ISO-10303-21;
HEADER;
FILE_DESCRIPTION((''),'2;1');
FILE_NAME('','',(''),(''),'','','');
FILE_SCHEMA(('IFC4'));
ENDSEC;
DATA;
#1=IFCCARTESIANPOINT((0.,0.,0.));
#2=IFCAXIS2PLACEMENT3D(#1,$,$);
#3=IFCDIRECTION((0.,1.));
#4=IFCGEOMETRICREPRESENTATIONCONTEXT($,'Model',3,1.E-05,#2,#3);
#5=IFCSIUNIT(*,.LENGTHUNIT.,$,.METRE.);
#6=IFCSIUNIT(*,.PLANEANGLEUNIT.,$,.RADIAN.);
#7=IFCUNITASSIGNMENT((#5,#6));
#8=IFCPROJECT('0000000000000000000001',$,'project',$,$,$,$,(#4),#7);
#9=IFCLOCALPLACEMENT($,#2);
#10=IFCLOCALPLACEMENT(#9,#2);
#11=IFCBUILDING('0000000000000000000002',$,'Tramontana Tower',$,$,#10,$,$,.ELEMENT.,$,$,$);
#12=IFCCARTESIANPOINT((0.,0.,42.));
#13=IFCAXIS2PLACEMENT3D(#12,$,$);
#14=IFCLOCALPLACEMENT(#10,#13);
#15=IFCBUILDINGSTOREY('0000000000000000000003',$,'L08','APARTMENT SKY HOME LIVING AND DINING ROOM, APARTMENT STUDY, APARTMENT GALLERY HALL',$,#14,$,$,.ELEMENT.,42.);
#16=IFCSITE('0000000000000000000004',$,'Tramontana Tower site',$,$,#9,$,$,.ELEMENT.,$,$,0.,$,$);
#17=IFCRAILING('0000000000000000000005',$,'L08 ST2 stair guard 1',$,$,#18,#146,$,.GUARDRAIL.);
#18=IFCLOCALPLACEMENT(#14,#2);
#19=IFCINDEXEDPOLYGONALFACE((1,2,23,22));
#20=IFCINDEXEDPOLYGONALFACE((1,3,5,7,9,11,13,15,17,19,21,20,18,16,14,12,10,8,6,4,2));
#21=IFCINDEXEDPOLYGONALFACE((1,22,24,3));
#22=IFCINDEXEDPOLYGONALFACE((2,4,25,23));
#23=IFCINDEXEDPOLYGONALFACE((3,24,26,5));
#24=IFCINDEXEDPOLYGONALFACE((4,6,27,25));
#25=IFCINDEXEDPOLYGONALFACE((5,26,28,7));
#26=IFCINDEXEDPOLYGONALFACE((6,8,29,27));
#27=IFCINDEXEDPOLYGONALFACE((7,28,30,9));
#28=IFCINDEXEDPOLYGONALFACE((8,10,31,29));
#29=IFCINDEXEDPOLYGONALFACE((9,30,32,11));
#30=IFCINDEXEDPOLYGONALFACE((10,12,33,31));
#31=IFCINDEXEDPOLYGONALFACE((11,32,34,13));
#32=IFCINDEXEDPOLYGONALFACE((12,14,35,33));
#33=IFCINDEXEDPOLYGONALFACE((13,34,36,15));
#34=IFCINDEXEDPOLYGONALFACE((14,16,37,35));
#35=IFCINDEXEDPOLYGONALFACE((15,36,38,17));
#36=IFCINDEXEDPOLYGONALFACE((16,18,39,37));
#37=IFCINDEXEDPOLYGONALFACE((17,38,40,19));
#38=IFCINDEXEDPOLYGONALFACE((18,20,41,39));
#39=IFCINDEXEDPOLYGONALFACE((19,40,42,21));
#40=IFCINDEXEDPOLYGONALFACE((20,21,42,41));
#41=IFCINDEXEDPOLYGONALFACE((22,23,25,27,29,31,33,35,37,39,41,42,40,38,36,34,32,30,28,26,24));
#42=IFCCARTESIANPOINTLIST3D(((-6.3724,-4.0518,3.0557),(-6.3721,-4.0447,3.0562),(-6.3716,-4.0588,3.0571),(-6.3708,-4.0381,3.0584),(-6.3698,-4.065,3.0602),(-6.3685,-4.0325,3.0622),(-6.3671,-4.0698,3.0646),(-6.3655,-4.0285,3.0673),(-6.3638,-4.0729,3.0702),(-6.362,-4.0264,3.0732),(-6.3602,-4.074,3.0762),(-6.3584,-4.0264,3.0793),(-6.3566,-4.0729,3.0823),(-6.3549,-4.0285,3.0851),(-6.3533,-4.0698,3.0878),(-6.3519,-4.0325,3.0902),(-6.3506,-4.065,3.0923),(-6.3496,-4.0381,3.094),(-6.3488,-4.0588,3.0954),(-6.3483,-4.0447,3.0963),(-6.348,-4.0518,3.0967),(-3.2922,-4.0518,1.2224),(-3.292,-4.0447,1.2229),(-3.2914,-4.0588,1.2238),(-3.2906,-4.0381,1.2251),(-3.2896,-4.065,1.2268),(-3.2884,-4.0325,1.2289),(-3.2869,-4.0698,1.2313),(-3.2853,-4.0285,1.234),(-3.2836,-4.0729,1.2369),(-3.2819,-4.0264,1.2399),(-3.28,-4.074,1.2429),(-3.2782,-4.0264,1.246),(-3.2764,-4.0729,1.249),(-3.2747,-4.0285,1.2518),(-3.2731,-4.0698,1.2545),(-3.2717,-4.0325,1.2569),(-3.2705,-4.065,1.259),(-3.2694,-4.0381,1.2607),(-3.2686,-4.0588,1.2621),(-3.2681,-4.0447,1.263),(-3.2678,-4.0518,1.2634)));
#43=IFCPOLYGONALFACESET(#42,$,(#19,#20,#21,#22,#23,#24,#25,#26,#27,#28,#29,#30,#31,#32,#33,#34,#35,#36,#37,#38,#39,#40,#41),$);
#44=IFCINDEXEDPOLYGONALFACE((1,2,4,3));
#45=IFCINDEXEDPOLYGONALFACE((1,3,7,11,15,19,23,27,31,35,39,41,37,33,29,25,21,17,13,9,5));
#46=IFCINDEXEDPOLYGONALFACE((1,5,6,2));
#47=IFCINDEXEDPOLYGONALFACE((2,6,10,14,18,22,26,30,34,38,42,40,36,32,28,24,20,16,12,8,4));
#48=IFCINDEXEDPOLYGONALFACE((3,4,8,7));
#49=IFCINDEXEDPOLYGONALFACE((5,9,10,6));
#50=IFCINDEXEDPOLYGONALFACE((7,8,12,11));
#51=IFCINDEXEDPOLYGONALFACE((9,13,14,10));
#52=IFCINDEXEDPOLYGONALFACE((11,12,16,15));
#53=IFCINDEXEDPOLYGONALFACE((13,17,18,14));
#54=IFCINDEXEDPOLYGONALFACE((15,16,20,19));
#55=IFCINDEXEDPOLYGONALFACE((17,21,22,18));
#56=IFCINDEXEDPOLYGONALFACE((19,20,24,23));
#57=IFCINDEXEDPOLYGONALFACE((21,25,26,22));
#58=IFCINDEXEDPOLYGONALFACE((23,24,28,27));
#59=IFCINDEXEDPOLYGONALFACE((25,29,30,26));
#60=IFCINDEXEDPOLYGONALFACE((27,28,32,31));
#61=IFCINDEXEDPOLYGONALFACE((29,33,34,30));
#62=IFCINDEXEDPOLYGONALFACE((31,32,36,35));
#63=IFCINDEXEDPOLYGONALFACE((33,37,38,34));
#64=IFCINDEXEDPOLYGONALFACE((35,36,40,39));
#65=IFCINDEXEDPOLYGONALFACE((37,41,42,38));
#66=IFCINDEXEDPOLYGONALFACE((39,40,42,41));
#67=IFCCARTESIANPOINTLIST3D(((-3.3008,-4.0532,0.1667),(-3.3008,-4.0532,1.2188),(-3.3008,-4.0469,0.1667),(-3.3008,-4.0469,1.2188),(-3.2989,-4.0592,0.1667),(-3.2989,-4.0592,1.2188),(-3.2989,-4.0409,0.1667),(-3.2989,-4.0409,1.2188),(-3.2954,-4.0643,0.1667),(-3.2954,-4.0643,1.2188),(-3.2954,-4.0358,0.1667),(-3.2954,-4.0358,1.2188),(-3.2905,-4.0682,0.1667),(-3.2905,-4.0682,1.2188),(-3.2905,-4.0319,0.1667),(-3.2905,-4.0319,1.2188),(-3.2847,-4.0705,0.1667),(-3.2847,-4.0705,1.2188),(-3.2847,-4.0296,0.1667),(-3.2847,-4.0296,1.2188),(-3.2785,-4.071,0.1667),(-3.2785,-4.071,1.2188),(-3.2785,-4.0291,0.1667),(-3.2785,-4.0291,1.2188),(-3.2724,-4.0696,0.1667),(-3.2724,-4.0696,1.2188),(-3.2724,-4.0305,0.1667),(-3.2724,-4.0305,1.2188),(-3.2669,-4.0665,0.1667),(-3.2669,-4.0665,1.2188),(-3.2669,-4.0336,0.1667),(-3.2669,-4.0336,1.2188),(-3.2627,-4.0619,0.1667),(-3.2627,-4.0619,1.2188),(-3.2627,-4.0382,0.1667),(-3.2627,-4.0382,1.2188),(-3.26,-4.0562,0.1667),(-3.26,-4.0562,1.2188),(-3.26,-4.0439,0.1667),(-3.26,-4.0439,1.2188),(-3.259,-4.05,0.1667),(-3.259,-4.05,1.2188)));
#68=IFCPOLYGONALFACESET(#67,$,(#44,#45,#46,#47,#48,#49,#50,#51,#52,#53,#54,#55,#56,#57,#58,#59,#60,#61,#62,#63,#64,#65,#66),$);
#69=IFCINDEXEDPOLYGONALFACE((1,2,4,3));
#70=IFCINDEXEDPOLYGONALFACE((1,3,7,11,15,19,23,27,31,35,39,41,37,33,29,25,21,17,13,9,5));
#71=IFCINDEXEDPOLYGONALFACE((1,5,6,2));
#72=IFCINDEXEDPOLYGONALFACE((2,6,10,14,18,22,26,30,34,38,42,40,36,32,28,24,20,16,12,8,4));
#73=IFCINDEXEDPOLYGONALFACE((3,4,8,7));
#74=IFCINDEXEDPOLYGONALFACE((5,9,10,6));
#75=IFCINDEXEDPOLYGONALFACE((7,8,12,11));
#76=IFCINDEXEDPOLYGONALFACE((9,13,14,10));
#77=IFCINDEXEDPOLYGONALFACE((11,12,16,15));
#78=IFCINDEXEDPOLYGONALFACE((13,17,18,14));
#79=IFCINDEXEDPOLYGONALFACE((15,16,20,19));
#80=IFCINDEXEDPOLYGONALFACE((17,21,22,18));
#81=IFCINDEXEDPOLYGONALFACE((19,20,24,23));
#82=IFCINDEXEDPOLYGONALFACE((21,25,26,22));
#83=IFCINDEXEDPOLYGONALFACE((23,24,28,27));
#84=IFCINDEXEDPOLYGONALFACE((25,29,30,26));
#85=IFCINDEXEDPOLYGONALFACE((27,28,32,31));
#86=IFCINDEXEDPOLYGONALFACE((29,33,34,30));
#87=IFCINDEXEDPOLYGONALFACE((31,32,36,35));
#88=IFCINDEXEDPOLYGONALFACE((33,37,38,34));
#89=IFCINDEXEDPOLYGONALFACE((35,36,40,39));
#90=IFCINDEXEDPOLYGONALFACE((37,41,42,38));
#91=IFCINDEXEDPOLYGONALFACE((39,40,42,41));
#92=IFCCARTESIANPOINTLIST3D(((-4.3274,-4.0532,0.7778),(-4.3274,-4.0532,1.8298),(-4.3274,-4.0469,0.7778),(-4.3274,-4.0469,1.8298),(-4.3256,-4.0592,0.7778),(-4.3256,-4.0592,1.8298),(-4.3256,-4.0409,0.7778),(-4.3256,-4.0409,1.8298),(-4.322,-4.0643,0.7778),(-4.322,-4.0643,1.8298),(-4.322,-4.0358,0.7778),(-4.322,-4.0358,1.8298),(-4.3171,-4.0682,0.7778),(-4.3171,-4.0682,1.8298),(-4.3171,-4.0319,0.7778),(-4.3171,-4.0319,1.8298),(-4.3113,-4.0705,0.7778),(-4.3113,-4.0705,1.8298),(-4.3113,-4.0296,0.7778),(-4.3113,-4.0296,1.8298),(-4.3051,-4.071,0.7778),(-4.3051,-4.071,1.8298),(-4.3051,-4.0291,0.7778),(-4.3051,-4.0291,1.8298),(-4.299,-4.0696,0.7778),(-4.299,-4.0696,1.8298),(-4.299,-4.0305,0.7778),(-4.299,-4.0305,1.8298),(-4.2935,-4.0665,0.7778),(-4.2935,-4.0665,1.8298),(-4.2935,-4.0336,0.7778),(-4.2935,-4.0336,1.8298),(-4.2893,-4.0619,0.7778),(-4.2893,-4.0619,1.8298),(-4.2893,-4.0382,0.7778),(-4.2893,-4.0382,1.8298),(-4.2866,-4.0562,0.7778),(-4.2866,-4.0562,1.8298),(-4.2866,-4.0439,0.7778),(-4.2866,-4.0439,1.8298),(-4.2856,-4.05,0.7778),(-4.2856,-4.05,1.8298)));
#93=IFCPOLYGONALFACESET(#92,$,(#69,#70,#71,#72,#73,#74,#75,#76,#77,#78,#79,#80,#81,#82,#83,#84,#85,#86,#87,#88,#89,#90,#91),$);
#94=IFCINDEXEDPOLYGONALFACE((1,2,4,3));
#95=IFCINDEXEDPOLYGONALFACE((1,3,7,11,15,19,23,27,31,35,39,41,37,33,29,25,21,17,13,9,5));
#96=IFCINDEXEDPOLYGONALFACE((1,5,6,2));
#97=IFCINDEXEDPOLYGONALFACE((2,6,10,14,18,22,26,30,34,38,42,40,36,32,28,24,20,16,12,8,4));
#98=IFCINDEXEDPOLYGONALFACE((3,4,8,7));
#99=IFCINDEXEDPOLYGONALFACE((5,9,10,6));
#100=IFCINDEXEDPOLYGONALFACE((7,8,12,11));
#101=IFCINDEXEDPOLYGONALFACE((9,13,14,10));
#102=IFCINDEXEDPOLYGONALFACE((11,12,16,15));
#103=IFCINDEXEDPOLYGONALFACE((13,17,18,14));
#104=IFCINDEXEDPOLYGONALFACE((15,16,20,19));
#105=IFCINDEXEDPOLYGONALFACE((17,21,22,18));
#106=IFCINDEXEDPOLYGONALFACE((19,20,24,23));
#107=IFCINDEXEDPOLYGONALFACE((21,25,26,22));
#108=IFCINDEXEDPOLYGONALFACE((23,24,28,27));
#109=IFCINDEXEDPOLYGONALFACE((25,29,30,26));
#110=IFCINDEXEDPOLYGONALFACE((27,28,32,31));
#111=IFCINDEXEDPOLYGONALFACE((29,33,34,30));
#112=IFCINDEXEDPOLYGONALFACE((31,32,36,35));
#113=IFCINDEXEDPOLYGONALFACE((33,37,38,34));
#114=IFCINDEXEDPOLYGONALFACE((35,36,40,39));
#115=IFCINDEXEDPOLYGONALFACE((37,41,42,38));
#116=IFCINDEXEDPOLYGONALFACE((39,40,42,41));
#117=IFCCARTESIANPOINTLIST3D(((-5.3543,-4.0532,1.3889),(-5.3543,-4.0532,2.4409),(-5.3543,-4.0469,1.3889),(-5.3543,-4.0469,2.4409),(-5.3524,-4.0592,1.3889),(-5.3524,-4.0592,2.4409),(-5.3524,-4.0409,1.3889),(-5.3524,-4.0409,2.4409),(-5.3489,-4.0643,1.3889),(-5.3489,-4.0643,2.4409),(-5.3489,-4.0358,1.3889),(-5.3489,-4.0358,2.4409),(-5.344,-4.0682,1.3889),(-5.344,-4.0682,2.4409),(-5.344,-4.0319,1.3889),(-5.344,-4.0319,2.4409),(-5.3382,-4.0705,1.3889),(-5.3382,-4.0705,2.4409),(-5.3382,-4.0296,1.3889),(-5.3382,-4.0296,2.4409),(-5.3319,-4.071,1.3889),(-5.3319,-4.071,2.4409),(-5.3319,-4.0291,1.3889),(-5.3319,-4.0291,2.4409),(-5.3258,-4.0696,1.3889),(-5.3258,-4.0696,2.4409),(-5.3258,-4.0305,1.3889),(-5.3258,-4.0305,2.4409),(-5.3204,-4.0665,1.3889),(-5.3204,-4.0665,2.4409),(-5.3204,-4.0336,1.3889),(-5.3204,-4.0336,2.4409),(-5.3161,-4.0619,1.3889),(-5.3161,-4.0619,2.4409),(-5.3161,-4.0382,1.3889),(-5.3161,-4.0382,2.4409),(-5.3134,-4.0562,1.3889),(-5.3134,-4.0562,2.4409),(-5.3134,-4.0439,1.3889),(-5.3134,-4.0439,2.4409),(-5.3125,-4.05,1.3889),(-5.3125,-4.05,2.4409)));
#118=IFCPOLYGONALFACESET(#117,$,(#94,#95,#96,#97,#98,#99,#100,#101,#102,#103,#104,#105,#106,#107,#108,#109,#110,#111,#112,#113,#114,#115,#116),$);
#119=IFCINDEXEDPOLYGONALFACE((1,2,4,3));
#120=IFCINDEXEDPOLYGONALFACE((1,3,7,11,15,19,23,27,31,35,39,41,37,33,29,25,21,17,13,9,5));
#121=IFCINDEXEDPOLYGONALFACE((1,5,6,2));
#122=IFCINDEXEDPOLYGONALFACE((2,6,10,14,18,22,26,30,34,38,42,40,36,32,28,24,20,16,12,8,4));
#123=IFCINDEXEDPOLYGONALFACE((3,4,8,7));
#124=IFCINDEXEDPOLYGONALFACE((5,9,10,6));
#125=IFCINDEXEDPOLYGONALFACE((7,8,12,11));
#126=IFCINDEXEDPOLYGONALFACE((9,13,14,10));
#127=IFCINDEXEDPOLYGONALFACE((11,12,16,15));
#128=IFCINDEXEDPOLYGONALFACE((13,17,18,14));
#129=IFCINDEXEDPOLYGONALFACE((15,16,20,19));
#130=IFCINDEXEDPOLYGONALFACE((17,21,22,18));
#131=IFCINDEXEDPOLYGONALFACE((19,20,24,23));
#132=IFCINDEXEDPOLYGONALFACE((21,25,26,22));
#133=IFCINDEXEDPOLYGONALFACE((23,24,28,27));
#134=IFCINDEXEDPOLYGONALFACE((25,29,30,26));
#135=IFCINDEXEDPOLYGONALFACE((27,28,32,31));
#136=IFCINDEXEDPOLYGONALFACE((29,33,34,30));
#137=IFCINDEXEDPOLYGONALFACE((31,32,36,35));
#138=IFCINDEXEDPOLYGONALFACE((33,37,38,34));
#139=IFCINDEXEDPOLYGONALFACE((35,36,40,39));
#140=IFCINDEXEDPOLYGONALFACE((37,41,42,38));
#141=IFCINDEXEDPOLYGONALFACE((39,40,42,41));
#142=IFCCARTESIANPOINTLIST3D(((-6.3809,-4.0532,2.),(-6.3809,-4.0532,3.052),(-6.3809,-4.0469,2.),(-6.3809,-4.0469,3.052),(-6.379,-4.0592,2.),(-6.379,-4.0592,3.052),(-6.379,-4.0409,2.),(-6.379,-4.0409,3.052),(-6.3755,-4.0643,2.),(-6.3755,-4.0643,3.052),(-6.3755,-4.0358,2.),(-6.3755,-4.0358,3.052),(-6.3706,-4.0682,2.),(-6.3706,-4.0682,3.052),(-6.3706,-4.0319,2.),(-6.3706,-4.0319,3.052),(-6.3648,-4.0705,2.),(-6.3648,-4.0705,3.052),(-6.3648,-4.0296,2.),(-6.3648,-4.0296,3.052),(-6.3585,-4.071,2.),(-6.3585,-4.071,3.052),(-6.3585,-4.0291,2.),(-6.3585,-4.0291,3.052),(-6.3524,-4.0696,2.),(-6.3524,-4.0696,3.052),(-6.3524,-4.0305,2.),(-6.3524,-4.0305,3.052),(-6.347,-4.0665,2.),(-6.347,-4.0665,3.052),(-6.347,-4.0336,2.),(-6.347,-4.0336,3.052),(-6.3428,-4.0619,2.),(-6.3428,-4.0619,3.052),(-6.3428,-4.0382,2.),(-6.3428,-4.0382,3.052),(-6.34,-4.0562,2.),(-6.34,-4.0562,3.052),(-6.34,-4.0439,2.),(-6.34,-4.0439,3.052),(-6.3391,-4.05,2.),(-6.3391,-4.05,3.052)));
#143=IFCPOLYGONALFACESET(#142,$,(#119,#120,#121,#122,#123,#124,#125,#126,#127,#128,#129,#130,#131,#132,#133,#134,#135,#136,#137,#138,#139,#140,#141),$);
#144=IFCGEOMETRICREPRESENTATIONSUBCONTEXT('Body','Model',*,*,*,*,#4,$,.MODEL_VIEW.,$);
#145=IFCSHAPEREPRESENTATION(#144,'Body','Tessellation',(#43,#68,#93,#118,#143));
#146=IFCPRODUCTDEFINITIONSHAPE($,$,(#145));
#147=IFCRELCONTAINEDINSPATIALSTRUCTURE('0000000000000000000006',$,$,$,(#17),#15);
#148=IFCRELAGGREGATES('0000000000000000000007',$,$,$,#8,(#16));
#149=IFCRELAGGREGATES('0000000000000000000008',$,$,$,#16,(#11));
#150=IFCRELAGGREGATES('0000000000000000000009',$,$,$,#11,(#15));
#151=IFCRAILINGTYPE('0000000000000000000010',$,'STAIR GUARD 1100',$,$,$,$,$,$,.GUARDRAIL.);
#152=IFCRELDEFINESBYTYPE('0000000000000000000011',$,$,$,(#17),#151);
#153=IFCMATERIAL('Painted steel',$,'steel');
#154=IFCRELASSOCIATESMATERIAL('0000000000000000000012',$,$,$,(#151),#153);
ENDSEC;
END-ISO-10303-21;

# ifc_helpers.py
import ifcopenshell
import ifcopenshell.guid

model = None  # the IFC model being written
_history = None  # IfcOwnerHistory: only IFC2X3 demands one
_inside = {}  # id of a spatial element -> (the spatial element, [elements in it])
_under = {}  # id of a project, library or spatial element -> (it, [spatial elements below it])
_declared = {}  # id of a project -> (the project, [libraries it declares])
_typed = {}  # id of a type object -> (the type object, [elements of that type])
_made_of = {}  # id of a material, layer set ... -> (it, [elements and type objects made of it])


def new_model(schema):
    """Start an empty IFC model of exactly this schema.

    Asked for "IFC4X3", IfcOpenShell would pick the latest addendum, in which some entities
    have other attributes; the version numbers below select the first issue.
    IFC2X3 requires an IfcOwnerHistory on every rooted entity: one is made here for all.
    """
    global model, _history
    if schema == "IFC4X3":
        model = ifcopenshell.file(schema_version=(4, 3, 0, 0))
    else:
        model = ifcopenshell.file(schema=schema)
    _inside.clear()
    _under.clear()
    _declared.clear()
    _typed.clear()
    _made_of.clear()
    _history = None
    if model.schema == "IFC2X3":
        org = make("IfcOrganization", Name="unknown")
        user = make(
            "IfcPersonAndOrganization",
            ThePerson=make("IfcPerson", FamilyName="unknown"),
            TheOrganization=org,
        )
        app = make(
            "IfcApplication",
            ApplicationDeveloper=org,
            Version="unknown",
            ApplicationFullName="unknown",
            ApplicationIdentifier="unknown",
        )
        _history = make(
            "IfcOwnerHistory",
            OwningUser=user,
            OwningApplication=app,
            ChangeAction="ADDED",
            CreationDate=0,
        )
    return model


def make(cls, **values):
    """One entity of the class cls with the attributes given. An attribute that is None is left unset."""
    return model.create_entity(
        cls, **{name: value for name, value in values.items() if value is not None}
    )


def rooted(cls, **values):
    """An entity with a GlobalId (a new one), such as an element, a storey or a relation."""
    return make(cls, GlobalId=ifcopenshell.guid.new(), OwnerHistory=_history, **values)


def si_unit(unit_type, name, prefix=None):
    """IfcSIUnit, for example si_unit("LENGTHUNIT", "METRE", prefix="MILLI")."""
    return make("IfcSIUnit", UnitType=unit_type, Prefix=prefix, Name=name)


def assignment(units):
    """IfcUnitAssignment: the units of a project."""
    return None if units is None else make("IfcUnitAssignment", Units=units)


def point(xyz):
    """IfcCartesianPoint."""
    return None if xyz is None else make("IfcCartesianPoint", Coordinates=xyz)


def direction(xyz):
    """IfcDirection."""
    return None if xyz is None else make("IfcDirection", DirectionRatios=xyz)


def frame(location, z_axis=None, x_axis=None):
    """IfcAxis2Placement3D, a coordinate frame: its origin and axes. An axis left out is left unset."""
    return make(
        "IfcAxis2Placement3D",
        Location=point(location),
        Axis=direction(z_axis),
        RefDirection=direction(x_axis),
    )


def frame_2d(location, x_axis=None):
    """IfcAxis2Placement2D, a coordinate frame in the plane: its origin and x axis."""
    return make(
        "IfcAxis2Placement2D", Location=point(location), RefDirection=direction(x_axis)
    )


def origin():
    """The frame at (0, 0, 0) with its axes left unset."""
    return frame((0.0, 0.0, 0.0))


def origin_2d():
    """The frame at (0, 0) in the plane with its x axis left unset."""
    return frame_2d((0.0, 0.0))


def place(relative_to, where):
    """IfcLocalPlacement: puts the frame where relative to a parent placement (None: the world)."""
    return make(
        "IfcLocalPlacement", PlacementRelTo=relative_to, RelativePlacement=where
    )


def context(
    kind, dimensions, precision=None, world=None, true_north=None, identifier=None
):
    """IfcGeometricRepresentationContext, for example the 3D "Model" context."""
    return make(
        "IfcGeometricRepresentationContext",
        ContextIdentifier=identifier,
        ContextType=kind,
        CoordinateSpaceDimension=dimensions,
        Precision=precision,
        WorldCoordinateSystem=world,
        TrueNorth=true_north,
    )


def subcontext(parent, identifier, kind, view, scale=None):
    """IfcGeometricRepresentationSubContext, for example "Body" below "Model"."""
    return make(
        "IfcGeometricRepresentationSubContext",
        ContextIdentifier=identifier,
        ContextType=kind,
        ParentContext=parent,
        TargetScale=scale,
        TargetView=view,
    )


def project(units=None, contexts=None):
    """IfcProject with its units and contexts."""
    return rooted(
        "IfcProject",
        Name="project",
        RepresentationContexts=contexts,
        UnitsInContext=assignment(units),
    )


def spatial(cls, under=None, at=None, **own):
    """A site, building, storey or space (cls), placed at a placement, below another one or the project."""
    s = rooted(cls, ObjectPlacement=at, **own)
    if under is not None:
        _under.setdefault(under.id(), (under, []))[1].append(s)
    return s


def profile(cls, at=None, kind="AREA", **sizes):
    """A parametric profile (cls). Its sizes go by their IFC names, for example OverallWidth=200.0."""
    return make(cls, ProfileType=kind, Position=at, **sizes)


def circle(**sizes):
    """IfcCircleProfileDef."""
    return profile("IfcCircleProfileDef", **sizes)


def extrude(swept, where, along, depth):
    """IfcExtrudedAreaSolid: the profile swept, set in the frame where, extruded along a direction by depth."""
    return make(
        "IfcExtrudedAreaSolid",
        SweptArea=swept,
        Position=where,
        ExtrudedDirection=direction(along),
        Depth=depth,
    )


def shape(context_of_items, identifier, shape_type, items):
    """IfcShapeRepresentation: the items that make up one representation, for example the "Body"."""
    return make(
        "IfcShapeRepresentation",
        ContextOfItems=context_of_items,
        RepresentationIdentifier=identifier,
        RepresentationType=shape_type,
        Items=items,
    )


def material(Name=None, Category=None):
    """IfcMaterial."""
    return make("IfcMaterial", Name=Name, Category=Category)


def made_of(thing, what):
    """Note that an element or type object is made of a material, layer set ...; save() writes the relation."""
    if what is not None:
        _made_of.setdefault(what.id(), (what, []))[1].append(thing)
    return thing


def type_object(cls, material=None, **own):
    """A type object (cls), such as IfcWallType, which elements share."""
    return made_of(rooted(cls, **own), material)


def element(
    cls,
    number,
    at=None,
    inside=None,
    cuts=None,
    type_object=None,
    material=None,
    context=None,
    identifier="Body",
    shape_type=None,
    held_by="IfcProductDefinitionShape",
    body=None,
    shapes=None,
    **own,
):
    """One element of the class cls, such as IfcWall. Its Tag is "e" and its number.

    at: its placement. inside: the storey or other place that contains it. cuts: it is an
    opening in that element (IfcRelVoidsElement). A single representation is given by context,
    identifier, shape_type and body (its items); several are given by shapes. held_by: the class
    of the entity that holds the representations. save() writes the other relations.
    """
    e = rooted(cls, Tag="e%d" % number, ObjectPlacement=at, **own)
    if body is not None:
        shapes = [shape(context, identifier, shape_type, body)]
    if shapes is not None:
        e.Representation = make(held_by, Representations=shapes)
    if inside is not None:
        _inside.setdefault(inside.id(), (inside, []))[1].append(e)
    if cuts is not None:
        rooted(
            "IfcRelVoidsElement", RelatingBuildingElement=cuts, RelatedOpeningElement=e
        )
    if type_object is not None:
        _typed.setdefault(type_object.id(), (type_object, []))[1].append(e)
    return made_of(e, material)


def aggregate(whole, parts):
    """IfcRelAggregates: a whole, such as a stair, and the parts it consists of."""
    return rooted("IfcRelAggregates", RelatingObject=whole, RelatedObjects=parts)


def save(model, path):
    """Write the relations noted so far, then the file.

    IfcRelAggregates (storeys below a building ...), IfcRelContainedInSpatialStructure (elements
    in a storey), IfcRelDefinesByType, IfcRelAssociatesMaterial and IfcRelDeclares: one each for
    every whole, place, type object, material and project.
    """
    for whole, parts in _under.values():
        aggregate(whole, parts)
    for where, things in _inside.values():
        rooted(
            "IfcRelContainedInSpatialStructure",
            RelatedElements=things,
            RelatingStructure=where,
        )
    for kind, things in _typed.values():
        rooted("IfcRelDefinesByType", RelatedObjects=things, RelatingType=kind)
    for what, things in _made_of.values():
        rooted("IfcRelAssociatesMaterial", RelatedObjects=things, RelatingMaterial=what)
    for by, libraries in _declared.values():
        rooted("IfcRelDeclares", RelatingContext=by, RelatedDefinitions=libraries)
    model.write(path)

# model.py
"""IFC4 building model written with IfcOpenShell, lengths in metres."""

from ifc_helpers import new_model, si_unit, direction, frame, origin, origin_2d, place, context, subcontext, project, spatial, circle, extrude, material, type_object, element, save


model = new_model("IFC4")

# Units and contexts
model_context = context("Model", 3, precision=1e-05, world=origin(), true_north=direction((0.0, 1.0)))
body_context = subcontext(model_context, "Body", "Model", "MODEL_VIEW")
ifc_project = project(units=[si_unit("LENGTHUNIT", "METRE"), si_unit("PLANEANGLEUNIT", "RADIAN")], contexts=[model_context])

# Site, building, storey
site_placement = place(None, origin())
site = spatial("IfcSite", under=ifc_project, at=site_placement, Name="Tramontana Tower site", CompositionType="ELEMENT", RefElevation=0.0)
building_placement = place(site_placement, origin())
building = spatial("IfcBuilding", under=site, at=building_placement, Name="Tramontana Tower", CompositionType="ELEMENT")
storey_placement = place(building_placement, frame((0.0, 0.0, 42.0)))
storey = spatial("IfcBuildingStorey", under=building, at=storey_placement, Name="L08", Description="APARTMENT SKY HOME LIVING AND DINING ROOM, APARTMENT STUDY, APARTMENT GALLERY HALL", CompositionType="ELEMENT", Elevation=42.0)

# Railing
ifc_material_1 = material(Name="Painted steel", Category="steel")
railing_type_1 = type_object("IfcRailingType", Name="STAIR GUARD 1100", PredefinedType="GUARDRAIL", material=ifc_material_1)
railing_1_placement = place(storey_placement, frame((-3.28, -4.05, 0.1667)))
element("IfcRailing", 1, at=railing_1_placement, inside=storey, type_object=railing_type_1, Name="L08 ST2 stair guard 1", PredefinedType="GUARDRAIL", context=body_context, shape_type="SweptSolid", body=[
    extrude(circle(Radius=0.0239, at=origin_2d()), frame((0.0, 0.0, 1.0762), z_axis=(-0.859309, 0.0, 0.511458), x_axis=(0.0, -1.0, 0.0)), (0.0, 0.0, 1.0), 3.5845),
    extrude(circle(Radius=0.021, at=origin_2d()), origin(), (0.0, 0.0, 1.0), 1.052),
    extrude(circle(Radius=0.021, at=origin_2d()), frame((-1.0266, 0.0, 0.6111)), (0.0, 0.0, 1.0), 1.052),
    extrude(circle(Radius=0.021, at=origin_2d()), frame((-2.0535, 0.0, 1.2222)), (0.0, 0.0, 1.0), 1.052),
    extrude(circle(Radius=0.021, at=origin_2d()), frame((-3.0801, 0.0, 1.8333)), (0.0, 0.0, 1.0), 1.052),
])

save(model, "model.ifc")
